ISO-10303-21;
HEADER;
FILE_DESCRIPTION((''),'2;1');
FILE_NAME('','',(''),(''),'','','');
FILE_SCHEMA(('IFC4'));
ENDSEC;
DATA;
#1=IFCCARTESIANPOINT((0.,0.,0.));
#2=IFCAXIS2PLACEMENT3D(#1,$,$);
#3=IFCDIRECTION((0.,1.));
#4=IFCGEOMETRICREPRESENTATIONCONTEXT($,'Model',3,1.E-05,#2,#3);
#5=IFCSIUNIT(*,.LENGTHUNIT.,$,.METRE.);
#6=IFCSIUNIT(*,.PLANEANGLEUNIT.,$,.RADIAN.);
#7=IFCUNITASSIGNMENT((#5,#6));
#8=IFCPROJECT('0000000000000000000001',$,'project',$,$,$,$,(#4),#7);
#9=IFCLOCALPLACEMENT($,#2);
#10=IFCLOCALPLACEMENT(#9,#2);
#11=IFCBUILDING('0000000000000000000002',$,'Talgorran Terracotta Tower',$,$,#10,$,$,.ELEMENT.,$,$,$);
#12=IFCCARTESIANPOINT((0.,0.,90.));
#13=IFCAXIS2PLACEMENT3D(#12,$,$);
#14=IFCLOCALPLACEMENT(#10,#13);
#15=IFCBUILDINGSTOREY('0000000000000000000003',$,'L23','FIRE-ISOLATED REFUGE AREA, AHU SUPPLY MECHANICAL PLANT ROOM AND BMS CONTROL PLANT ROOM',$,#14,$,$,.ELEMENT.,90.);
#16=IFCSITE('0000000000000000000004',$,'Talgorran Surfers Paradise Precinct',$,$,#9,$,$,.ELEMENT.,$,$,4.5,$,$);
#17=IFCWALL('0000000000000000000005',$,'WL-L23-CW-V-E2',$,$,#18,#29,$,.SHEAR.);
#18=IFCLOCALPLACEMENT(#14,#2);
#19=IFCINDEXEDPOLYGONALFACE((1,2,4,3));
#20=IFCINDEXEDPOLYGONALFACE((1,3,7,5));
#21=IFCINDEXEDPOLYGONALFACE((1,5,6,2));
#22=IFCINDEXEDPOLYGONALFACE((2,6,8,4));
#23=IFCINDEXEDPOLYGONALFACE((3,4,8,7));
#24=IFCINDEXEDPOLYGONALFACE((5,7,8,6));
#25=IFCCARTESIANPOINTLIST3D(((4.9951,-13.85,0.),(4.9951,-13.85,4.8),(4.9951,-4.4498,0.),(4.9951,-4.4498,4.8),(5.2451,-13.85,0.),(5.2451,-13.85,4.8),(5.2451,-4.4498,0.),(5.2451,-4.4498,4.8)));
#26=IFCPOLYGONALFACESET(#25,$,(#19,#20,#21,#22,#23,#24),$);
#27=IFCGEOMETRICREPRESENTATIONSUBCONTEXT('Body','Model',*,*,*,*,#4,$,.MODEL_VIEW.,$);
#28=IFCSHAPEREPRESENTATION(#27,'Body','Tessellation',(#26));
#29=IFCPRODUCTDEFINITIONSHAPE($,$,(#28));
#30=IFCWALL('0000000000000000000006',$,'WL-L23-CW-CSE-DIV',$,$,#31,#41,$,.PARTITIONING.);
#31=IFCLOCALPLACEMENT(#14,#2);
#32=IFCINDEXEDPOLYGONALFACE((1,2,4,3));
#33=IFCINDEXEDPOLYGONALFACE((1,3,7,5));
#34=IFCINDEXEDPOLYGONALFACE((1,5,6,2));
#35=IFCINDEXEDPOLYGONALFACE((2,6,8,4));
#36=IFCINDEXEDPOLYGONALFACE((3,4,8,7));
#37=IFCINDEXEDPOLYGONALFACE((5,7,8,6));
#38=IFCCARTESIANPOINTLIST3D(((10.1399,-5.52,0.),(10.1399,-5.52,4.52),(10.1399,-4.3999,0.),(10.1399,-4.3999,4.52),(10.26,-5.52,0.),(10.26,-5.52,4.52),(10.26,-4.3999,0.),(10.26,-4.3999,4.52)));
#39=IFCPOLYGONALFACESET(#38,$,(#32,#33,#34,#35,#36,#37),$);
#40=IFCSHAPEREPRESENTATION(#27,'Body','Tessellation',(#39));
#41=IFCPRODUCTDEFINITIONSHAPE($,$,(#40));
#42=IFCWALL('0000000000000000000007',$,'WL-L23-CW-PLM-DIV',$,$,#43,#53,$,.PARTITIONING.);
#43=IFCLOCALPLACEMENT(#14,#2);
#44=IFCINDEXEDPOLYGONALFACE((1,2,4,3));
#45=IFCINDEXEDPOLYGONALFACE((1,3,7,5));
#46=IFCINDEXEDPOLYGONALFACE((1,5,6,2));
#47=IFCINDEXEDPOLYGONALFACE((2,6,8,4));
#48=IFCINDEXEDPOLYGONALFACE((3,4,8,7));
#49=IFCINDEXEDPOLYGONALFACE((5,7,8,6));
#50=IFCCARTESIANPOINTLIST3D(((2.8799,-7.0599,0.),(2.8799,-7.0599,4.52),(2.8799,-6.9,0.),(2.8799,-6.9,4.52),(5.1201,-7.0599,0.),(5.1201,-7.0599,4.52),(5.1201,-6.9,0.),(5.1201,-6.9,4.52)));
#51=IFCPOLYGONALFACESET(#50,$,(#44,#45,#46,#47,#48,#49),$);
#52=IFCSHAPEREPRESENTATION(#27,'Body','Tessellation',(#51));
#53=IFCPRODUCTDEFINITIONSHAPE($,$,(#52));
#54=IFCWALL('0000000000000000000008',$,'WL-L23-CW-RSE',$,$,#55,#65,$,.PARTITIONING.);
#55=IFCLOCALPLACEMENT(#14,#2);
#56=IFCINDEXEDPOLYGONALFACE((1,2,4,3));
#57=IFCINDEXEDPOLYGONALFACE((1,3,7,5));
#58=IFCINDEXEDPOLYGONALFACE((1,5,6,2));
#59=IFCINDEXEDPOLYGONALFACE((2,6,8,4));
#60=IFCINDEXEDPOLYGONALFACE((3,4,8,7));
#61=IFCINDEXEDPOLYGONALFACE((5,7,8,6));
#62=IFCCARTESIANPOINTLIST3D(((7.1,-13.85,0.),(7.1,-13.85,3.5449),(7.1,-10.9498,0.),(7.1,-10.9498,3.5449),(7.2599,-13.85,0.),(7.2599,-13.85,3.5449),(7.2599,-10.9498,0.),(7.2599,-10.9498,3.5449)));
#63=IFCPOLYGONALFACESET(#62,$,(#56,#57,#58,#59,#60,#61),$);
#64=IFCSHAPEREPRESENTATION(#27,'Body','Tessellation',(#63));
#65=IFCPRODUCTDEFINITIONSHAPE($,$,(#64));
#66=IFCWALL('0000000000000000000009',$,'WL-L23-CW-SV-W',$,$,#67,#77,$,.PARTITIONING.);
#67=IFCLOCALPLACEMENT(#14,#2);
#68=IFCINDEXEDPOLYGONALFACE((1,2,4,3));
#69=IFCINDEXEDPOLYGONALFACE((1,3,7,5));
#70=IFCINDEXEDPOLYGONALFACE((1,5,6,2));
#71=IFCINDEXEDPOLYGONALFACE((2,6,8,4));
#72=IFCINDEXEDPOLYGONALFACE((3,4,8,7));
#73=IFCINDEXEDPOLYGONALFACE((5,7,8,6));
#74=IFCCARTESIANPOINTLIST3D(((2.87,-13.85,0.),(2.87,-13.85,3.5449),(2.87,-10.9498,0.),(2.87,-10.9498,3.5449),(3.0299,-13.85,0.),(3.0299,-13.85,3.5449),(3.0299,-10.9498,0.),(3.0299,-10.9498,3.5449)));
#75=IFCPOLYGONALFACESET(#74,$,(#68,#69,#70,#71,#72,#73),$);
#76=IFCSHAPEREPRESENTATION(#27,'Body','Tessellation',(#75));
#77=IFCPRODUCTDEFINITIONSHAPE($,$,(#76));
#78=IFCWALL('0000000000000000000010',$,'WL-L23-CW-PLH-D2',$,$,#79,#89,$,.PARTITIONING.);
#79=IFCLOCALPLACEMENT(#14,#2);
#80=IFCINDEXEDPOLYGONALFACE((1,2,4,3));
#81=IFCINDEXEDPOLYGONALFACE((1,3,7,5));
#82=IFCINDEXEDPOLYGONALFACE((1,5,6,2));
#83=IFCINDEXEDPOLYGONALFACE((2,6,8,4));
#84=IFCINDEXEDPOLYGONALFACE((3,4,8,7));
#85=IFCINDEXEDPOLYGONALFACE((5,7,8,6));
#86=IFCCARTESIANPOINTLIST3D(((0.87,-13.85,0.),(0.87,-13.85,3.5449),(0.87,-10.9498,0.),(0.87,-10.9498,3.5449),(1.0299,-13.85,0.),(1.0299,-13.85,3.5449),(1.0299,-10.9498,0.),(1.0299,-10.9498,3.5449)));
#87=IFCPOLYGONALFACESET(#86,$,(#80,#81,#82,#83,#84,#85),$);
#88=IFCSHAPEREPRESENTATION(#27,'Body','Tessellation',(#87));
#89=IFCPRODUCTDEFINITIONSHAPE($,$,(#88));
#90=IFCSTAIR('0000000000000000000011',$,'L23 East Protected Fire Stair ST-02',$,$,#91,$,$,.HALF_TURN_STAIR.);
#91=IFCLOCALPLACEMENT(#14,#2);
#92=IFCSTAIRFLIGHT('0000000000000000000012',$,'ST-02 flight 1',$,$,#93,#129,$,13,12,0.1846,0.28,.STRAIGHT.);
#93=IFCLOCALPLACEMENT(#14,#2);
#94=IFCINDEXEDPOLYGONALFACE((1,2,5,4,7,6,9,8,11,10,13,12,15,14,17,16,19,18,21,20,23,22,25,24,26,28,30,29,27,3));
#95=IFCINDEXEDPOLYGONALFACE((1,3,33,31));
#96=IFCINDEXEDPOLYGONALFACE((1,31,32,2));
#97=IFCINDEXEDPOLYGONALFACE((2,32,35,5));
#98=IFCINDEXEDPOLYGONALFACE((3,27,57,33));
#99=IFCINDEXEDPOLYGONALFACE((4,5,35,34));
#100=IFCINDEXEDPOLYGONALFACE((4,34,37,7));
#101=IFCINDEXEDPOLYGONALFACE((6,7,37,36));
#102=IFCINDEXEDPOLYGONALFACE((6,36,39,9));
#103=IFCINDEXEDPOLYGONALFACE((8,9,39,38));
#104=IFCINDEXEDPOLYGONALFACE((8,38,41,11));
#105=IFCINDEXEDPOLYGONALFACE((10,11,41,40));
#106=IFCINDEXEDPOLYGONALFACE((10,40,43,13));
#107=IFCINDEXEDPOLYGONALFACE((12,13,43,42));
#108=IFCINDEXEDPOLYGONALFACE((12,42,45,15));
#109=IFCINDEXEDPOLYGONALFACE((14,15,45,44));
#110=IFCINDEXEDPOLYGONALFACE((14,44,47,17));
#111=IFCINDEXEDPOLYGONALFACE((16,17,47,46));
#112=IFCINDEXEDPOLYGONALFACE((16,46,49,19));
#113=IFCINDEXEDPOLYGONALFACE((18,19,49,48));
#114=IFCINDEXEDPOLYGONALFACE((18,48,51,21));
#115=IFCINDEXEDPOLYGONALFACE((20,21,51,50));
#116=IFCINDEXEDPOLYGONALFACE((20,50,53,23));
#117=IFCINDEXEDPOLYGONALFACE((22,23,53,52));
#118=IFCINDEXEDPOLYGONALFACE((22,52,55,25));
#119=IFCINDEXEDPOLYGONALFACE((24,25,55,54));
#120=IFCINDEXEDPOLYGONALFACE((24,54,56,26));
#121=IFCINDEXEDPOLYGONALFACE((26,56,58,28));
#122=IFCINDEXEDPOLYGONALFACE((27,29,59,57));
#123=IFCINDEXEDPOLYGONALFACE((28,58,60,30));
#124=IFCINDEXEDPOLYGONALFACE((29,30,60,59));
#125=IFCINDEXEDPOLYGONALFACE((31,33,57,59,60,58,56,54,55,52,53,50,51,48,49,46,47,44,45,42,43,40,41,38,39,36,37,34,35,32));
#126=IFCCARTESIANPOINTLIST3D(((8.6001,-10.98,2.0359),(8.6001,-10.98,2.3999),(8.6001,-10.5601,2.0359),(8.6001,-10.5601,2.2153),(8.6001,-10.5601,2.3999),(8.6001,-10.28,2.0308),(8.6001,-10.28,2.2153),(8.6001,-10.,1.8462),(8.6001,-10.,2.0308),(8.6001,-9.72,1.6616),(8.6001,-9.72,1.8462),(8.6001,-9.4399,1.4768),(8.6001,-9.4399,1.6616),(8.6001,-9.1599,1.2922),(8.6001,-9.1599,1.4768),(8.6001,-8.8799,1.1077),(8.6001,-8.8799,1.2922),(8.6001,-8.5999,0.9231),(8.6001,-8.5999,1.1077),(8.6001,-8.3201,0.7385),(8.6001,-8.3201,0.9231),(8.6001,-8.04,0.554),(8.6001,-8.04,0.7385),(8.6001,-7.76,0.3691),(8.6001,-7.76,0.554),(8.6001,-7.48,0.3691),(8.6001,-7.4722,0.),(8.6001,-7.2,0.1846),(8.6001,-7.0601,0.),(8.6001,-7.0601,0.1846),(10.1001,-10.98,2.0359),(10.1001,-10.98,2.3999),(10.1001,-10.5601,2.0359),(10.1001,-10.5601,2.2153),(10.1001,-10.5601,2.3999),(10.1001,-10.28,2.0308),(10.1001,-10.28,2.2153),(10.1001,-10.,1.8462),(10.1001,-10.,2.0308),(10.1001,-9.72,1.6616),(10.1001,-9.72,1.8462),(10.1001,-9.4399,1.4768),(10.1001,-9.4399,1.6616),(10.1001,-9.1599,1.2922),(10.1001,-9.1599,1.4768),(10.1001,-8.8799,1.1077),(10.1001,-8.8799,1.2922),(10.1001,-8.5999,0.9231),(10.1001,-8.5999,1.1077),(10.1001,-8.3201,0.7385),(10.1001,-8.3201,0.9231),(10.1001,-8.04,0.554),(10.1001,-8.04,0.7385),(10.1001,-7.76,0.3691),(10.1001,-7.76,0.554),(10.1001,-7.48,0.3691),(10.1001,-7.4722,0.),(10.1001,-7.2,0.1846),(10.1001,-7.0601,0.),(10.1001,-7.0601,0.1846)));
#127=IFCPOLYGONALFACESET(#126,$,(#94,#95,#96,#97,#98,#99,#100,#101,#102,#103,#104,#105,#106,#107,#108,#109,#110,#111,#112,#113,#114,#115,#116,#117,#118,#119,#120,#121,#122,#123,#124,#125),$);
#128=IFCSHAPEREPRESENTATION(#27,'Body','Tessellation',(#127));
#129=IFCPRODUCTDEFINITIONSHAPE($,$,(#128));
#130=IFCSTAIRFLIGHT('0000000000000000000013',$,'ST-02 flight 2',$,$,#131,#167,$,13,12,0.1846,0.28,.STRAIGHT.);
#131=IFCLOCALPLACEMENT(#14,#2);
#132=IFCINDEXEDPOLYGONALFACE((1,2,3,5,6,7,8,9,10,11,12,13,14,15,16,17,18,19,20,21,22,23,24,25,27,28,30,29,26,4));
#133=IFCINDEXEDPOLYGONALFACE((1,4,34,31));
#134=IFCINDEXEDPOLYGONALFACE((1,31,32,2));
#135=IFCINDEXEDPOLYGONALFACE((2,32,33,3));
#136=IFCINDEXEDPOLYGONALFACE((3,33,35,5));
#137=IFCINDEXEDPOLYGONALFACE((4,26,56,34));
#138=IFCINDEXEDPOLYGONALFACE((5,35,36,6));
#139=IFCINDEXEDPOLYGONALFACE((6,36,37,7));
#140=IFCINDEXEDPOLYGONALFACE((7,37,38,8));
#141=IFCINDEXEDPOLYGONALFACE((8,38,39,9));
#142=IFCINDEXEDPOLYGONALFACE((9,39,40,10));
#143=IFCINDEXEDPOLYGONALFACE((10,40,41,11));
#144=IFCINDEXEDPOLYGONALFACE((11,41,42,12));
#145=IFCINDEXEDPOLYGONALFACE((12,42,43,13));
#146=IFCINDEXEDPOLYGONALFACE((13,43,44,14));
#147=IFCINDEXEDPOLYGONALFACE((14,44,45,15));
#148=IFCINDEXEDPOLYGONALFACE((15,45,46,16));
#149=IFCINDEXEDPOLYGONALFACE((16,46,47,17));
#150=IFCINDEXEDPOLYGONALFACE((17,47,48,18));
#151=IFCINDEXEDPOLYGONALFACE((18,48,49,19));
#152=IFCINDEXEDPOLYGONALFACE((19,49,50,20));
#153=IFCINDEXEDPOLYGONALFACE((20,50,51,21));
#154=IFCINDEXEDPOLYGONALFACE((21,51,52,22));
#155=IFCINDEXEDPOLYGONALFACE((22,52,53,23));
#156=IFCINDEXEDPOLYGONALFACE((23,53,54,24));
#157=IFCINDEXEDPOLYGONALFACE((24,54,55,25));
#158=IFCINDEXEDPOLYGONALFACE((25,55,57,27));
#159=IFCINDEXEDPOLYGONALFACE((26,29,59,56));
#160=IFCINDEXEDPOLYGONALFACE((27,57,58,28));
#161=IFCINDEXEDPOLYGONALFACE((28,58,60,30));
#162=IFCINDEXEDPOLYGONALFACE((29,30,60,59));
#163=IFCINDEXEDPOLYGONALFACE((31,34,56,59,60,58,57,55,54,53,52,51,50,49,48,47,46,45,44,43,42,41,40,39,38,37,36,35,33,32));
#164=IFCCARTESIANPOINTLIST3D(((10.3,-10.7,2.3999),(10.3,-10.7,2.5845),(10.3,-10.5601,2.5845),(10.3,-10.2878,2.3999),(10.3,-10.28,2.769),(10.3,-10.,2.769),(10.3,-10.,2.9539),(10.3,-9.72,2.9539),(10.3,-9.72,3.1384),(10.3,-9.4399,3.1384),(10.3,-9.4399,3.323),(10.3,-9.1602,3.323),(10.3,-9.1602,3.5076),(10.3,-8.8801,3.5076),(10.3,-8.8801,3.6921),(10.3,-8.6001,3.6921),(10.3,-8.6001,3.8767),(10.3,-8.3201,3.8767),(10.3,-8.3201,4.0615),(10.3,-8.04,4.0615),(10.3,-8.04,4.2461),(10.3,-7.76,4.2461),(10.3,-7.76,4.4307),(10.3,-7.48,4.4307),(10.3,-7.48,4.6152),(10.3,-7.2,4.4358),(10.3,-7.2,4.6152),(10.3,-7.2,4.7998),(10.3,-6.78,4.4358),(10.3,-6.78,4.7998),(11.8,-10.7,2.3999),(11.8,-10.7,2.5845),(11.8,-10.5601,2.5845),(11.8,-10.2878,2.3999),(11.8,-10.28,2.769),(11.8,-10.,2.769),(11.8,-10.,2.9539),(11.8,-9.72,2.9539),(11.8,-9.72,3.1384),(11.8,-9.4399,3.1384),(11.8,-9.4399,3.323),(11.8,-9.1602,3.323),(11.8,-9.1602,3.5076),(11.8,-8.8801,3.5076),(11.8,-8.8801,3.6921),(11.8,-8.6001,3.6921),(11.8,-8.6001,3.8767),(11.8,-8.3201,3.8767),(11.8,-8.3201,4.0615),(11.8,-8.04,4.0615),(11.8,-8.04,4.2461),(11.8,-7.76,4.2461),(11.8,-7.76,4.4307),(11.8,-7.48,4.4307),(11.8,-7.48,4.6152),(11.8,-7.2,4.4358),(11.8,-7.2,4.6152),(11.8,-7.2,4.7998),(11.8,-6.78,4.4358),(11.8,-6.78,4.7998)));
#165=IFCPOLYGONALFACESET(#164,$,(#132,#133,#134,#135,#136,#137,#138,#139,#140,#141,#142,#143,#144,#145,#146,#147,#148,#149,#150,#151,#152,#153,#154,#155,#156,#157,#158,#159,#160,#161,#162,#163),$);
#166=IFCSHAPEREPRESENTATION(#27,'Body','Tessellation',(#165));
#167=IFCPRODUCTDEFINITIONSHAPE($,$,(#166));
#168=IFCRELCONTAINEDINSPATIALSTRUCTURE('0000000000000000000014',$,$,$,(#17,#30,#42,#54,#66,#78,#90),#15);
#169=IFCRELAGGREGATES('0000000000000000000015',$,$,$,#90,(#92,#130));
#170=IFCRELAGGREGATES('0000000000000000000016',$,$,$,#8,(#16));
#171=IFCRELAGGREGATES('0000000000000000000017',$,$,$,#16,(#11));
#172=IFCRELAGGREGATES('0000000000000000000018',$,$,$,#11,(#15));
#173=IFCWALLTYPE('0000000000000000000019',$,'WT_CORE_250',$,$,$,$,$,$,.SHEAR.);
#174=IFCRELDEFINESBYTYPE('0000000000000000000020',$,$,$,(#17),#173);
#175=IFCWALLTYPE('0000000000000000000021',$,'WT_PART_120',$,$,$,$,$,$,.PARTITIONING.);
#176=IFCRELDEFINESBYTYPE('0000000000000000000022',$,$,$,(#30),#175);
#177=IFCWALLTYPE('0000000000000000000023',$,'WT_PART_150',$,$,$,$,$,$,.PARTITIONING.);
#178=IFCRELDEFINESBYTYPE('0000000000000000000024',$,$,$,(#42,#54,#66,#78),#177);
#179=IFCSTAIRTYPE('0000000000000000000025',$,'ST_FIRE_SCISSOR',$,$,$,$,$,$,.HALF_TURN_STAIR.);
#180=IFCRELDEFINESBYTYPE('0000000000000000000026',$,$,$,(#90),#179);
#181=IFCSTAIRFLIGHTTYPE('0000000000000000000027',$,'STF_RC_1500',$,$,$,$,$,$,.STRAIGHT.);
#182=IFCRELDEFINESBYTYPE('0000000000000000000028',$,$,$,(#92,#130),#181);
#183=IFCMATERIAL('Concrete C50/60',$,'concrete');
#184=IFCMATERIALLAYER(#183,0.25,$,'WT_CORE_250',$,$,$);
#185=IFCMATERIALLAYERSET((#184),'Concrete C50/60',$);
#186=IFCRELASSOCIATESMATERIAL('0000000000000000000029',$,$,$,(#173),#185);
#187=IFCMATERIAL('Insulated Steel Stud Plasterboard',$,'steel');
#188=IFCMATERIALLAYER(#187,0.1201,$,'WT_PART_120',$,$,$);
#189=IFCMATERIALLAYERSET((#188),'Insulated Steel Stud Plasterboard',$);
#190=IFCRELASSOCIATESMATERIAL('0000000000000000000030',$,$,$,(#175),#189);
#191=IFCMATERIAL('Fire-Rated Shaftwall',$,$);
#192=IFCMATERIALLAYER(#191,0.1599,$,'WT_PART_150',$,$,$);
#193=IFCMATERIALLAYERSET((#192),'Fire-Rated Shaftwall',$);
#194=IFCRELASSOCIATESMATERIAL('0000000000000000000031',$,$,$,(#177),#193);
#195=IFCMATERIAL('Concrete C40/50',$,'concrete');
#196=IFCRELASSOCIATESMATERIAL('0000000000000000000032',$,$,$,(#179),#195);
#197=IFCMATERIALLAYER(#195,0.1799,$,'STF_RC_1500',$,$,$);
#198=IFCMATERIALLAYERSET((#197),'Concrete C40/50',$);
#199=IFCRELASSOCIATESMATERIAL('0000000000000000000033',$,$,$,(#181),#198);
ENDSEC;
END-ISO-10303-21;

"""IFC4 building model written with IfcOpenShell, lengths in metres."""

from ifc_helpers import new_model, si_unit, direction, frame, frame_2d, origin, place, context, subcontext, project, spatial, polyline, rectangle, outline, extrude, material, layer, layer_set, type_object, element, aggregate, save


model = new_model("IFC4")

# Units and contexts
model_context = context("Model", 3, precision=1e-05, world=origin(), true_north=direction((0.0, 1.0)))
body_context = subcontext(model_context, "Body", "Model", "MODEL_VIEW")
ifc_project = project(units=[si_unit("LENGTHUNIT", "METRE"), si_unit("PLANEANGLEUNIT", "RADIAN")], contexts=[model_context])

# Site, building, storey
site_placement = place(None, origin())
site = spatial("IfcSite", under=ifc_project, at=site_placement, Name="Talgorran Surfers Paradise Precinct", CompositionType="ELEMENT", RefElevation=4.5)
building_placement = place(site_placement, origin())
building = spatial("IfcBuilding", under=site, at=building_placement, Name="Talgorran Terracotta Tower", CompositionType="ELEMENT")
storey_placement = place(building_placement, frame((0.0, 0.0, 90.0)))
storey = spatial("IfcBuildingStorey", under=building, at=storey_placement, Name="L23", Description="FIRE-ISOLATED REFUGE AREA, AHU SUPPLY MECHANICAL PLANT ROOM AND BMS CONTROL PLANT ROOM", CompositionType="ELEMENT", Elevation=90.0)

# Shared definitions
ifc_material_1 = material(Name="Concrete C50/60", Category="concrete")

# Shared definitions
ifc_layer_1 = layer(ifc_material_1, 0.25, Name="WT_CORE_250")
ifc_layer_set_1 = layer_set([ifc_layer_1], Name="Concrete C50/60")
wall_type_1 = type_object("IfcWallType", Name="WT_CORE_250", PredefinedType="SHEAR", material=ifc_layer_set_1)

# Walls
wall_1_placement = place(storey_placement, frame((5.1201, -13.8501, 0.0), z_axis=(0.0, 0.0, 1.0), x_axis=(0.0, 1.0, 0.0)))
element("IfcWall", 1, at=wall_1_placement, inside=storey, type_object=wall_type_1, Name="WL-L23-CW-V-E2", PredefinedType="SHEAR", context=body_context, shape_type="SweptSolid", body=[
    extrude(rectangle(XDim=9.4001, YDim=0.25, at=frame_2d((4.7002, 0.0))), origin(), (0.0, 0.0, 1.0), 4.8),
])
ifc_material_2 = material(Name="Insulated Steel Stud Plasterboard", Category="steel")
ifc_layer_2 = layer(ifc_material_2, 0.1201, Name="WT_PART_120")
ifc_layer_set_2 = layer_set([ifc_layer_2], Name="Insulated Steel Stud Plasterboard")
wall_type_2 = type_object("IfcWallType", Name="WT_PART_120", PredefinedType="PARTITIONING", material=ifc_layer_set_2)
wall_2_placement = place(storey_placement, frame((10.2, -5.52, 0.0), z_axis=(0.0, 0.0, 1.0), x_axis=(0.0, 1.0, 0.0)))
element("IfcWall", 2, at=wall_2_placement, inside=storey, type_object=wall_type_2, Name="WL-L23-CW-CSE-DIV", PredefinedType="PARTITIONING", context=body_context, shape_type="SweptSolid", body=[
    extrude(rectangle(XDim=1.1201, YDim=0.1201, at=frame_2d((0.5601, 0.0))), origin(), (0.0, 0.0, 1.0), 4.52),
])
ifc_material_3 = material(Name="Fire-Rated Shaftwall")
ifc_layer_3 = layer(ifc_material_3, 0.1599, Name="WT_PART_150")
ifc_layer_set_3 = layer_set([ifc_layer_3], Name="Fire-Rated Shaftwall")
wall_type_3 = type_object("IfcWallType", Name="WT_PART_150", PredefinedType="PARTITIONING", material=ifc_layer_set_3)
wall_3_placement = place(storey_placement, frame((2.8799, -6.98, 0.0), z_axis=(0.0, 0.0, 1.0), x_axis=(1.0, 0.0, 0.0)))
element("IfcWall", 3, at=wall_3_placement, inside=storey, type_object=wall_type_3, Name="WL-L23-CW-PLM-DIV", PredefinedType="PARTITIONING", context=body_context, shape_type="SweptSolid", body=[
    extrude(rectangle(XDim=2.2402, YDim=0.1599, at=frame_2d((1.1201, 0.0))), origin(), (0.0, 0.0, 1.0), 4.52),
])
for number, where, z_axis, x_axis, name in (
    (4, (7.1799, -13.8501, 0.0), (0.0, 0.0, 1.0), (0.0, 1.0, 0.0), "WL-L23-CW-RSE"),
    (5, (2.95, -13.8501, 0.0), (0.0, 0.0, 1.0), (0.0, 1.0, 0.0), "WL-L23-CW-SV-W"),
    (6, (0.95, -13.8501, 0.0), (0.0, 0.0, 1.0), (0.0, 1.0, 0.0), "WL-L23-CW-PLH-D2"),
):
    element("IfcWall", number, at=place(storey_placement, frame(where, z_axis=z_axis, x_axis=x_axis)), inside=storey, type_object=wall_type_3, Name=name, PredefinedType="PARTITIONING", context=body_context, shape_type="SweptSolid", body=[
        extrude(rectangle(XDim=2.9001, YDim=0.1599, at=frame_2d((1.4502, 0.0))), origin(), (0.0, 0.0, 1.0), 3.5449),
    ])

# Stair, stair flights
ifc_material_4 = material(Name="Concrete C40/50", Category="concrete")
stair_type = type_object("IfcStairType", Name="ST_FIRE_SCISSOR", PredefinedType="HALF_TURN_STAIR", material=ifc_material_4)
stair_placement = place(storey_placement, origin())
stair = element("IfcStair", 7, at=stair_placement, inside=storey, type_object=stair_type, Name="L23 East Protected Fire Stair ST-02", PredefinedType="HALF_TURN_STAIR")
ifc_layer_4 = layer(ifc_material_4, 0.1799, Name="STF_RC_1500")
ifc_layer_set_4 = layer_set([ifc_layer_4], Name="Concrete C40/50")
stair_flight_type = type_object("IfcStairFlightType", Name="STF_RC_1500", PredefinedType="STRAIGHT", material=ifc_layer_set_4)
stair_flight_1_placement = place(storey_placement, frame((9.3501, -7.2, 0.0), z_axis=(0.0, 0.0, 1.0), x_axis=(0.0, -1.0, 0.0)))
stair_flight_1 = element("IfcStairFlight", 8, at=stair_flight_1_placement, type_object=stair_flight_type, Name="ST-02 flight 1", NumberOfRisers=13, NumberOfTreads=12, PredefinedType="STRAIGHT", RiserHeight=0.1846, TreadLength=0.28, context=body_context, shape_type="SweptSolid", body=[
    extrude(outline(polyline([(-0.1399, 0.0), (-0.1399, 0.1846), (0.0, 0.1846), (0.28, 0.3691), (0.5601, 0.3691), (0.5601, 0.554), (0.8401, 0.554), (0.8401, 0.7385), (1.1201, 0.7385), (1.1201, 0.9231), (1.3999, 0.9231), (1.3999, 1.1077), (1.6799, 1.1077), (1.6799, 1.2922), (1.96, 1.2922), (1.96, 1.4768), (2.24, 1.4768), (2.24, 1.6616), (2.52, 1.6616), (2.52, 1.8462), (2.8, 1.8462), (2.8, 2.0308), (3.0801, 2.0308), (3.0801, 2.2153), (3.3601, 2.2153), (3.3601, 2.3999), (3.78, 2.3999), (3.78, 2.0359), (3.3601, 2.0359), (0.2722, 0.0), (-0.1399, 0.0)])), frame((0.0, 0.75, 0.0), z_axis=(0.0, -1.0, 0.0), x_axis=(1.0, 0.0, 0.0)), (0.0, 0.0, 1.0), 1.5),
])
stair_flight_2_placement = place(storey_placement, frame((11.05, -10.5601, 2.3999), z_axis=(0.0, 0.0, 1.0), x_axis=(0.0, 1.0, 0.0)))
stair_flight_2 = element("IfcStairFlight", 9, at=stair_flight_2_placement, type_object=stair_flight_type, Name="ST-02 flight 2", NumberOfRisers=13, NumberOfTreads=12, PredefinedType="STRAIGHT", RiserHeight=0.1846, TreadLength=0.28, context=body_context, shape_type="SweptSolid", body=[
    extrude(outline(polyline([(-0.1399, 0.0), (-0.1399, 0.1846), (0.0, 0.1846), (0.28, 0.3691), (0.5601, 0.3691), (0.5601, 0.554), (0.8401, 0.554), (0.8401, 0.7385), (1.1201, 0.7385), (1.1201, 0.9231), (1.3999, 0.9231), (1.3999, 1.1077), (1.6799, 1.1077), (1.6799, 1.2922), (1.96, 1.2922), (1.96, 1.4768), (2.24, 1.4768), (2.24, 1.6616), (2.52, 1.6616), (2.52, 1.8462), (2.8, 1.8462), (2.8, 2.0308), (3.0801, 2.0308), (3.0801, 2.2153), (3.3601, 2.2153), (3.3601, 2.3999), (3.78, 2.3999), (3.78, 2.0359), (3.3601, 2.0359), (0.2722, 0.0), (-0.1399, 0.0)])), frame((0.0, 0.75, 0.0), z_axis=(0.0, -1.0, 0.0), x_axis=(1.0, 0.0, 0.0)), (0.0, 0.0, 1.0), 1.5),
])
aggregate(stair, [stair_flight_1, stair_flight_2])

save(model, "model.ifc")
